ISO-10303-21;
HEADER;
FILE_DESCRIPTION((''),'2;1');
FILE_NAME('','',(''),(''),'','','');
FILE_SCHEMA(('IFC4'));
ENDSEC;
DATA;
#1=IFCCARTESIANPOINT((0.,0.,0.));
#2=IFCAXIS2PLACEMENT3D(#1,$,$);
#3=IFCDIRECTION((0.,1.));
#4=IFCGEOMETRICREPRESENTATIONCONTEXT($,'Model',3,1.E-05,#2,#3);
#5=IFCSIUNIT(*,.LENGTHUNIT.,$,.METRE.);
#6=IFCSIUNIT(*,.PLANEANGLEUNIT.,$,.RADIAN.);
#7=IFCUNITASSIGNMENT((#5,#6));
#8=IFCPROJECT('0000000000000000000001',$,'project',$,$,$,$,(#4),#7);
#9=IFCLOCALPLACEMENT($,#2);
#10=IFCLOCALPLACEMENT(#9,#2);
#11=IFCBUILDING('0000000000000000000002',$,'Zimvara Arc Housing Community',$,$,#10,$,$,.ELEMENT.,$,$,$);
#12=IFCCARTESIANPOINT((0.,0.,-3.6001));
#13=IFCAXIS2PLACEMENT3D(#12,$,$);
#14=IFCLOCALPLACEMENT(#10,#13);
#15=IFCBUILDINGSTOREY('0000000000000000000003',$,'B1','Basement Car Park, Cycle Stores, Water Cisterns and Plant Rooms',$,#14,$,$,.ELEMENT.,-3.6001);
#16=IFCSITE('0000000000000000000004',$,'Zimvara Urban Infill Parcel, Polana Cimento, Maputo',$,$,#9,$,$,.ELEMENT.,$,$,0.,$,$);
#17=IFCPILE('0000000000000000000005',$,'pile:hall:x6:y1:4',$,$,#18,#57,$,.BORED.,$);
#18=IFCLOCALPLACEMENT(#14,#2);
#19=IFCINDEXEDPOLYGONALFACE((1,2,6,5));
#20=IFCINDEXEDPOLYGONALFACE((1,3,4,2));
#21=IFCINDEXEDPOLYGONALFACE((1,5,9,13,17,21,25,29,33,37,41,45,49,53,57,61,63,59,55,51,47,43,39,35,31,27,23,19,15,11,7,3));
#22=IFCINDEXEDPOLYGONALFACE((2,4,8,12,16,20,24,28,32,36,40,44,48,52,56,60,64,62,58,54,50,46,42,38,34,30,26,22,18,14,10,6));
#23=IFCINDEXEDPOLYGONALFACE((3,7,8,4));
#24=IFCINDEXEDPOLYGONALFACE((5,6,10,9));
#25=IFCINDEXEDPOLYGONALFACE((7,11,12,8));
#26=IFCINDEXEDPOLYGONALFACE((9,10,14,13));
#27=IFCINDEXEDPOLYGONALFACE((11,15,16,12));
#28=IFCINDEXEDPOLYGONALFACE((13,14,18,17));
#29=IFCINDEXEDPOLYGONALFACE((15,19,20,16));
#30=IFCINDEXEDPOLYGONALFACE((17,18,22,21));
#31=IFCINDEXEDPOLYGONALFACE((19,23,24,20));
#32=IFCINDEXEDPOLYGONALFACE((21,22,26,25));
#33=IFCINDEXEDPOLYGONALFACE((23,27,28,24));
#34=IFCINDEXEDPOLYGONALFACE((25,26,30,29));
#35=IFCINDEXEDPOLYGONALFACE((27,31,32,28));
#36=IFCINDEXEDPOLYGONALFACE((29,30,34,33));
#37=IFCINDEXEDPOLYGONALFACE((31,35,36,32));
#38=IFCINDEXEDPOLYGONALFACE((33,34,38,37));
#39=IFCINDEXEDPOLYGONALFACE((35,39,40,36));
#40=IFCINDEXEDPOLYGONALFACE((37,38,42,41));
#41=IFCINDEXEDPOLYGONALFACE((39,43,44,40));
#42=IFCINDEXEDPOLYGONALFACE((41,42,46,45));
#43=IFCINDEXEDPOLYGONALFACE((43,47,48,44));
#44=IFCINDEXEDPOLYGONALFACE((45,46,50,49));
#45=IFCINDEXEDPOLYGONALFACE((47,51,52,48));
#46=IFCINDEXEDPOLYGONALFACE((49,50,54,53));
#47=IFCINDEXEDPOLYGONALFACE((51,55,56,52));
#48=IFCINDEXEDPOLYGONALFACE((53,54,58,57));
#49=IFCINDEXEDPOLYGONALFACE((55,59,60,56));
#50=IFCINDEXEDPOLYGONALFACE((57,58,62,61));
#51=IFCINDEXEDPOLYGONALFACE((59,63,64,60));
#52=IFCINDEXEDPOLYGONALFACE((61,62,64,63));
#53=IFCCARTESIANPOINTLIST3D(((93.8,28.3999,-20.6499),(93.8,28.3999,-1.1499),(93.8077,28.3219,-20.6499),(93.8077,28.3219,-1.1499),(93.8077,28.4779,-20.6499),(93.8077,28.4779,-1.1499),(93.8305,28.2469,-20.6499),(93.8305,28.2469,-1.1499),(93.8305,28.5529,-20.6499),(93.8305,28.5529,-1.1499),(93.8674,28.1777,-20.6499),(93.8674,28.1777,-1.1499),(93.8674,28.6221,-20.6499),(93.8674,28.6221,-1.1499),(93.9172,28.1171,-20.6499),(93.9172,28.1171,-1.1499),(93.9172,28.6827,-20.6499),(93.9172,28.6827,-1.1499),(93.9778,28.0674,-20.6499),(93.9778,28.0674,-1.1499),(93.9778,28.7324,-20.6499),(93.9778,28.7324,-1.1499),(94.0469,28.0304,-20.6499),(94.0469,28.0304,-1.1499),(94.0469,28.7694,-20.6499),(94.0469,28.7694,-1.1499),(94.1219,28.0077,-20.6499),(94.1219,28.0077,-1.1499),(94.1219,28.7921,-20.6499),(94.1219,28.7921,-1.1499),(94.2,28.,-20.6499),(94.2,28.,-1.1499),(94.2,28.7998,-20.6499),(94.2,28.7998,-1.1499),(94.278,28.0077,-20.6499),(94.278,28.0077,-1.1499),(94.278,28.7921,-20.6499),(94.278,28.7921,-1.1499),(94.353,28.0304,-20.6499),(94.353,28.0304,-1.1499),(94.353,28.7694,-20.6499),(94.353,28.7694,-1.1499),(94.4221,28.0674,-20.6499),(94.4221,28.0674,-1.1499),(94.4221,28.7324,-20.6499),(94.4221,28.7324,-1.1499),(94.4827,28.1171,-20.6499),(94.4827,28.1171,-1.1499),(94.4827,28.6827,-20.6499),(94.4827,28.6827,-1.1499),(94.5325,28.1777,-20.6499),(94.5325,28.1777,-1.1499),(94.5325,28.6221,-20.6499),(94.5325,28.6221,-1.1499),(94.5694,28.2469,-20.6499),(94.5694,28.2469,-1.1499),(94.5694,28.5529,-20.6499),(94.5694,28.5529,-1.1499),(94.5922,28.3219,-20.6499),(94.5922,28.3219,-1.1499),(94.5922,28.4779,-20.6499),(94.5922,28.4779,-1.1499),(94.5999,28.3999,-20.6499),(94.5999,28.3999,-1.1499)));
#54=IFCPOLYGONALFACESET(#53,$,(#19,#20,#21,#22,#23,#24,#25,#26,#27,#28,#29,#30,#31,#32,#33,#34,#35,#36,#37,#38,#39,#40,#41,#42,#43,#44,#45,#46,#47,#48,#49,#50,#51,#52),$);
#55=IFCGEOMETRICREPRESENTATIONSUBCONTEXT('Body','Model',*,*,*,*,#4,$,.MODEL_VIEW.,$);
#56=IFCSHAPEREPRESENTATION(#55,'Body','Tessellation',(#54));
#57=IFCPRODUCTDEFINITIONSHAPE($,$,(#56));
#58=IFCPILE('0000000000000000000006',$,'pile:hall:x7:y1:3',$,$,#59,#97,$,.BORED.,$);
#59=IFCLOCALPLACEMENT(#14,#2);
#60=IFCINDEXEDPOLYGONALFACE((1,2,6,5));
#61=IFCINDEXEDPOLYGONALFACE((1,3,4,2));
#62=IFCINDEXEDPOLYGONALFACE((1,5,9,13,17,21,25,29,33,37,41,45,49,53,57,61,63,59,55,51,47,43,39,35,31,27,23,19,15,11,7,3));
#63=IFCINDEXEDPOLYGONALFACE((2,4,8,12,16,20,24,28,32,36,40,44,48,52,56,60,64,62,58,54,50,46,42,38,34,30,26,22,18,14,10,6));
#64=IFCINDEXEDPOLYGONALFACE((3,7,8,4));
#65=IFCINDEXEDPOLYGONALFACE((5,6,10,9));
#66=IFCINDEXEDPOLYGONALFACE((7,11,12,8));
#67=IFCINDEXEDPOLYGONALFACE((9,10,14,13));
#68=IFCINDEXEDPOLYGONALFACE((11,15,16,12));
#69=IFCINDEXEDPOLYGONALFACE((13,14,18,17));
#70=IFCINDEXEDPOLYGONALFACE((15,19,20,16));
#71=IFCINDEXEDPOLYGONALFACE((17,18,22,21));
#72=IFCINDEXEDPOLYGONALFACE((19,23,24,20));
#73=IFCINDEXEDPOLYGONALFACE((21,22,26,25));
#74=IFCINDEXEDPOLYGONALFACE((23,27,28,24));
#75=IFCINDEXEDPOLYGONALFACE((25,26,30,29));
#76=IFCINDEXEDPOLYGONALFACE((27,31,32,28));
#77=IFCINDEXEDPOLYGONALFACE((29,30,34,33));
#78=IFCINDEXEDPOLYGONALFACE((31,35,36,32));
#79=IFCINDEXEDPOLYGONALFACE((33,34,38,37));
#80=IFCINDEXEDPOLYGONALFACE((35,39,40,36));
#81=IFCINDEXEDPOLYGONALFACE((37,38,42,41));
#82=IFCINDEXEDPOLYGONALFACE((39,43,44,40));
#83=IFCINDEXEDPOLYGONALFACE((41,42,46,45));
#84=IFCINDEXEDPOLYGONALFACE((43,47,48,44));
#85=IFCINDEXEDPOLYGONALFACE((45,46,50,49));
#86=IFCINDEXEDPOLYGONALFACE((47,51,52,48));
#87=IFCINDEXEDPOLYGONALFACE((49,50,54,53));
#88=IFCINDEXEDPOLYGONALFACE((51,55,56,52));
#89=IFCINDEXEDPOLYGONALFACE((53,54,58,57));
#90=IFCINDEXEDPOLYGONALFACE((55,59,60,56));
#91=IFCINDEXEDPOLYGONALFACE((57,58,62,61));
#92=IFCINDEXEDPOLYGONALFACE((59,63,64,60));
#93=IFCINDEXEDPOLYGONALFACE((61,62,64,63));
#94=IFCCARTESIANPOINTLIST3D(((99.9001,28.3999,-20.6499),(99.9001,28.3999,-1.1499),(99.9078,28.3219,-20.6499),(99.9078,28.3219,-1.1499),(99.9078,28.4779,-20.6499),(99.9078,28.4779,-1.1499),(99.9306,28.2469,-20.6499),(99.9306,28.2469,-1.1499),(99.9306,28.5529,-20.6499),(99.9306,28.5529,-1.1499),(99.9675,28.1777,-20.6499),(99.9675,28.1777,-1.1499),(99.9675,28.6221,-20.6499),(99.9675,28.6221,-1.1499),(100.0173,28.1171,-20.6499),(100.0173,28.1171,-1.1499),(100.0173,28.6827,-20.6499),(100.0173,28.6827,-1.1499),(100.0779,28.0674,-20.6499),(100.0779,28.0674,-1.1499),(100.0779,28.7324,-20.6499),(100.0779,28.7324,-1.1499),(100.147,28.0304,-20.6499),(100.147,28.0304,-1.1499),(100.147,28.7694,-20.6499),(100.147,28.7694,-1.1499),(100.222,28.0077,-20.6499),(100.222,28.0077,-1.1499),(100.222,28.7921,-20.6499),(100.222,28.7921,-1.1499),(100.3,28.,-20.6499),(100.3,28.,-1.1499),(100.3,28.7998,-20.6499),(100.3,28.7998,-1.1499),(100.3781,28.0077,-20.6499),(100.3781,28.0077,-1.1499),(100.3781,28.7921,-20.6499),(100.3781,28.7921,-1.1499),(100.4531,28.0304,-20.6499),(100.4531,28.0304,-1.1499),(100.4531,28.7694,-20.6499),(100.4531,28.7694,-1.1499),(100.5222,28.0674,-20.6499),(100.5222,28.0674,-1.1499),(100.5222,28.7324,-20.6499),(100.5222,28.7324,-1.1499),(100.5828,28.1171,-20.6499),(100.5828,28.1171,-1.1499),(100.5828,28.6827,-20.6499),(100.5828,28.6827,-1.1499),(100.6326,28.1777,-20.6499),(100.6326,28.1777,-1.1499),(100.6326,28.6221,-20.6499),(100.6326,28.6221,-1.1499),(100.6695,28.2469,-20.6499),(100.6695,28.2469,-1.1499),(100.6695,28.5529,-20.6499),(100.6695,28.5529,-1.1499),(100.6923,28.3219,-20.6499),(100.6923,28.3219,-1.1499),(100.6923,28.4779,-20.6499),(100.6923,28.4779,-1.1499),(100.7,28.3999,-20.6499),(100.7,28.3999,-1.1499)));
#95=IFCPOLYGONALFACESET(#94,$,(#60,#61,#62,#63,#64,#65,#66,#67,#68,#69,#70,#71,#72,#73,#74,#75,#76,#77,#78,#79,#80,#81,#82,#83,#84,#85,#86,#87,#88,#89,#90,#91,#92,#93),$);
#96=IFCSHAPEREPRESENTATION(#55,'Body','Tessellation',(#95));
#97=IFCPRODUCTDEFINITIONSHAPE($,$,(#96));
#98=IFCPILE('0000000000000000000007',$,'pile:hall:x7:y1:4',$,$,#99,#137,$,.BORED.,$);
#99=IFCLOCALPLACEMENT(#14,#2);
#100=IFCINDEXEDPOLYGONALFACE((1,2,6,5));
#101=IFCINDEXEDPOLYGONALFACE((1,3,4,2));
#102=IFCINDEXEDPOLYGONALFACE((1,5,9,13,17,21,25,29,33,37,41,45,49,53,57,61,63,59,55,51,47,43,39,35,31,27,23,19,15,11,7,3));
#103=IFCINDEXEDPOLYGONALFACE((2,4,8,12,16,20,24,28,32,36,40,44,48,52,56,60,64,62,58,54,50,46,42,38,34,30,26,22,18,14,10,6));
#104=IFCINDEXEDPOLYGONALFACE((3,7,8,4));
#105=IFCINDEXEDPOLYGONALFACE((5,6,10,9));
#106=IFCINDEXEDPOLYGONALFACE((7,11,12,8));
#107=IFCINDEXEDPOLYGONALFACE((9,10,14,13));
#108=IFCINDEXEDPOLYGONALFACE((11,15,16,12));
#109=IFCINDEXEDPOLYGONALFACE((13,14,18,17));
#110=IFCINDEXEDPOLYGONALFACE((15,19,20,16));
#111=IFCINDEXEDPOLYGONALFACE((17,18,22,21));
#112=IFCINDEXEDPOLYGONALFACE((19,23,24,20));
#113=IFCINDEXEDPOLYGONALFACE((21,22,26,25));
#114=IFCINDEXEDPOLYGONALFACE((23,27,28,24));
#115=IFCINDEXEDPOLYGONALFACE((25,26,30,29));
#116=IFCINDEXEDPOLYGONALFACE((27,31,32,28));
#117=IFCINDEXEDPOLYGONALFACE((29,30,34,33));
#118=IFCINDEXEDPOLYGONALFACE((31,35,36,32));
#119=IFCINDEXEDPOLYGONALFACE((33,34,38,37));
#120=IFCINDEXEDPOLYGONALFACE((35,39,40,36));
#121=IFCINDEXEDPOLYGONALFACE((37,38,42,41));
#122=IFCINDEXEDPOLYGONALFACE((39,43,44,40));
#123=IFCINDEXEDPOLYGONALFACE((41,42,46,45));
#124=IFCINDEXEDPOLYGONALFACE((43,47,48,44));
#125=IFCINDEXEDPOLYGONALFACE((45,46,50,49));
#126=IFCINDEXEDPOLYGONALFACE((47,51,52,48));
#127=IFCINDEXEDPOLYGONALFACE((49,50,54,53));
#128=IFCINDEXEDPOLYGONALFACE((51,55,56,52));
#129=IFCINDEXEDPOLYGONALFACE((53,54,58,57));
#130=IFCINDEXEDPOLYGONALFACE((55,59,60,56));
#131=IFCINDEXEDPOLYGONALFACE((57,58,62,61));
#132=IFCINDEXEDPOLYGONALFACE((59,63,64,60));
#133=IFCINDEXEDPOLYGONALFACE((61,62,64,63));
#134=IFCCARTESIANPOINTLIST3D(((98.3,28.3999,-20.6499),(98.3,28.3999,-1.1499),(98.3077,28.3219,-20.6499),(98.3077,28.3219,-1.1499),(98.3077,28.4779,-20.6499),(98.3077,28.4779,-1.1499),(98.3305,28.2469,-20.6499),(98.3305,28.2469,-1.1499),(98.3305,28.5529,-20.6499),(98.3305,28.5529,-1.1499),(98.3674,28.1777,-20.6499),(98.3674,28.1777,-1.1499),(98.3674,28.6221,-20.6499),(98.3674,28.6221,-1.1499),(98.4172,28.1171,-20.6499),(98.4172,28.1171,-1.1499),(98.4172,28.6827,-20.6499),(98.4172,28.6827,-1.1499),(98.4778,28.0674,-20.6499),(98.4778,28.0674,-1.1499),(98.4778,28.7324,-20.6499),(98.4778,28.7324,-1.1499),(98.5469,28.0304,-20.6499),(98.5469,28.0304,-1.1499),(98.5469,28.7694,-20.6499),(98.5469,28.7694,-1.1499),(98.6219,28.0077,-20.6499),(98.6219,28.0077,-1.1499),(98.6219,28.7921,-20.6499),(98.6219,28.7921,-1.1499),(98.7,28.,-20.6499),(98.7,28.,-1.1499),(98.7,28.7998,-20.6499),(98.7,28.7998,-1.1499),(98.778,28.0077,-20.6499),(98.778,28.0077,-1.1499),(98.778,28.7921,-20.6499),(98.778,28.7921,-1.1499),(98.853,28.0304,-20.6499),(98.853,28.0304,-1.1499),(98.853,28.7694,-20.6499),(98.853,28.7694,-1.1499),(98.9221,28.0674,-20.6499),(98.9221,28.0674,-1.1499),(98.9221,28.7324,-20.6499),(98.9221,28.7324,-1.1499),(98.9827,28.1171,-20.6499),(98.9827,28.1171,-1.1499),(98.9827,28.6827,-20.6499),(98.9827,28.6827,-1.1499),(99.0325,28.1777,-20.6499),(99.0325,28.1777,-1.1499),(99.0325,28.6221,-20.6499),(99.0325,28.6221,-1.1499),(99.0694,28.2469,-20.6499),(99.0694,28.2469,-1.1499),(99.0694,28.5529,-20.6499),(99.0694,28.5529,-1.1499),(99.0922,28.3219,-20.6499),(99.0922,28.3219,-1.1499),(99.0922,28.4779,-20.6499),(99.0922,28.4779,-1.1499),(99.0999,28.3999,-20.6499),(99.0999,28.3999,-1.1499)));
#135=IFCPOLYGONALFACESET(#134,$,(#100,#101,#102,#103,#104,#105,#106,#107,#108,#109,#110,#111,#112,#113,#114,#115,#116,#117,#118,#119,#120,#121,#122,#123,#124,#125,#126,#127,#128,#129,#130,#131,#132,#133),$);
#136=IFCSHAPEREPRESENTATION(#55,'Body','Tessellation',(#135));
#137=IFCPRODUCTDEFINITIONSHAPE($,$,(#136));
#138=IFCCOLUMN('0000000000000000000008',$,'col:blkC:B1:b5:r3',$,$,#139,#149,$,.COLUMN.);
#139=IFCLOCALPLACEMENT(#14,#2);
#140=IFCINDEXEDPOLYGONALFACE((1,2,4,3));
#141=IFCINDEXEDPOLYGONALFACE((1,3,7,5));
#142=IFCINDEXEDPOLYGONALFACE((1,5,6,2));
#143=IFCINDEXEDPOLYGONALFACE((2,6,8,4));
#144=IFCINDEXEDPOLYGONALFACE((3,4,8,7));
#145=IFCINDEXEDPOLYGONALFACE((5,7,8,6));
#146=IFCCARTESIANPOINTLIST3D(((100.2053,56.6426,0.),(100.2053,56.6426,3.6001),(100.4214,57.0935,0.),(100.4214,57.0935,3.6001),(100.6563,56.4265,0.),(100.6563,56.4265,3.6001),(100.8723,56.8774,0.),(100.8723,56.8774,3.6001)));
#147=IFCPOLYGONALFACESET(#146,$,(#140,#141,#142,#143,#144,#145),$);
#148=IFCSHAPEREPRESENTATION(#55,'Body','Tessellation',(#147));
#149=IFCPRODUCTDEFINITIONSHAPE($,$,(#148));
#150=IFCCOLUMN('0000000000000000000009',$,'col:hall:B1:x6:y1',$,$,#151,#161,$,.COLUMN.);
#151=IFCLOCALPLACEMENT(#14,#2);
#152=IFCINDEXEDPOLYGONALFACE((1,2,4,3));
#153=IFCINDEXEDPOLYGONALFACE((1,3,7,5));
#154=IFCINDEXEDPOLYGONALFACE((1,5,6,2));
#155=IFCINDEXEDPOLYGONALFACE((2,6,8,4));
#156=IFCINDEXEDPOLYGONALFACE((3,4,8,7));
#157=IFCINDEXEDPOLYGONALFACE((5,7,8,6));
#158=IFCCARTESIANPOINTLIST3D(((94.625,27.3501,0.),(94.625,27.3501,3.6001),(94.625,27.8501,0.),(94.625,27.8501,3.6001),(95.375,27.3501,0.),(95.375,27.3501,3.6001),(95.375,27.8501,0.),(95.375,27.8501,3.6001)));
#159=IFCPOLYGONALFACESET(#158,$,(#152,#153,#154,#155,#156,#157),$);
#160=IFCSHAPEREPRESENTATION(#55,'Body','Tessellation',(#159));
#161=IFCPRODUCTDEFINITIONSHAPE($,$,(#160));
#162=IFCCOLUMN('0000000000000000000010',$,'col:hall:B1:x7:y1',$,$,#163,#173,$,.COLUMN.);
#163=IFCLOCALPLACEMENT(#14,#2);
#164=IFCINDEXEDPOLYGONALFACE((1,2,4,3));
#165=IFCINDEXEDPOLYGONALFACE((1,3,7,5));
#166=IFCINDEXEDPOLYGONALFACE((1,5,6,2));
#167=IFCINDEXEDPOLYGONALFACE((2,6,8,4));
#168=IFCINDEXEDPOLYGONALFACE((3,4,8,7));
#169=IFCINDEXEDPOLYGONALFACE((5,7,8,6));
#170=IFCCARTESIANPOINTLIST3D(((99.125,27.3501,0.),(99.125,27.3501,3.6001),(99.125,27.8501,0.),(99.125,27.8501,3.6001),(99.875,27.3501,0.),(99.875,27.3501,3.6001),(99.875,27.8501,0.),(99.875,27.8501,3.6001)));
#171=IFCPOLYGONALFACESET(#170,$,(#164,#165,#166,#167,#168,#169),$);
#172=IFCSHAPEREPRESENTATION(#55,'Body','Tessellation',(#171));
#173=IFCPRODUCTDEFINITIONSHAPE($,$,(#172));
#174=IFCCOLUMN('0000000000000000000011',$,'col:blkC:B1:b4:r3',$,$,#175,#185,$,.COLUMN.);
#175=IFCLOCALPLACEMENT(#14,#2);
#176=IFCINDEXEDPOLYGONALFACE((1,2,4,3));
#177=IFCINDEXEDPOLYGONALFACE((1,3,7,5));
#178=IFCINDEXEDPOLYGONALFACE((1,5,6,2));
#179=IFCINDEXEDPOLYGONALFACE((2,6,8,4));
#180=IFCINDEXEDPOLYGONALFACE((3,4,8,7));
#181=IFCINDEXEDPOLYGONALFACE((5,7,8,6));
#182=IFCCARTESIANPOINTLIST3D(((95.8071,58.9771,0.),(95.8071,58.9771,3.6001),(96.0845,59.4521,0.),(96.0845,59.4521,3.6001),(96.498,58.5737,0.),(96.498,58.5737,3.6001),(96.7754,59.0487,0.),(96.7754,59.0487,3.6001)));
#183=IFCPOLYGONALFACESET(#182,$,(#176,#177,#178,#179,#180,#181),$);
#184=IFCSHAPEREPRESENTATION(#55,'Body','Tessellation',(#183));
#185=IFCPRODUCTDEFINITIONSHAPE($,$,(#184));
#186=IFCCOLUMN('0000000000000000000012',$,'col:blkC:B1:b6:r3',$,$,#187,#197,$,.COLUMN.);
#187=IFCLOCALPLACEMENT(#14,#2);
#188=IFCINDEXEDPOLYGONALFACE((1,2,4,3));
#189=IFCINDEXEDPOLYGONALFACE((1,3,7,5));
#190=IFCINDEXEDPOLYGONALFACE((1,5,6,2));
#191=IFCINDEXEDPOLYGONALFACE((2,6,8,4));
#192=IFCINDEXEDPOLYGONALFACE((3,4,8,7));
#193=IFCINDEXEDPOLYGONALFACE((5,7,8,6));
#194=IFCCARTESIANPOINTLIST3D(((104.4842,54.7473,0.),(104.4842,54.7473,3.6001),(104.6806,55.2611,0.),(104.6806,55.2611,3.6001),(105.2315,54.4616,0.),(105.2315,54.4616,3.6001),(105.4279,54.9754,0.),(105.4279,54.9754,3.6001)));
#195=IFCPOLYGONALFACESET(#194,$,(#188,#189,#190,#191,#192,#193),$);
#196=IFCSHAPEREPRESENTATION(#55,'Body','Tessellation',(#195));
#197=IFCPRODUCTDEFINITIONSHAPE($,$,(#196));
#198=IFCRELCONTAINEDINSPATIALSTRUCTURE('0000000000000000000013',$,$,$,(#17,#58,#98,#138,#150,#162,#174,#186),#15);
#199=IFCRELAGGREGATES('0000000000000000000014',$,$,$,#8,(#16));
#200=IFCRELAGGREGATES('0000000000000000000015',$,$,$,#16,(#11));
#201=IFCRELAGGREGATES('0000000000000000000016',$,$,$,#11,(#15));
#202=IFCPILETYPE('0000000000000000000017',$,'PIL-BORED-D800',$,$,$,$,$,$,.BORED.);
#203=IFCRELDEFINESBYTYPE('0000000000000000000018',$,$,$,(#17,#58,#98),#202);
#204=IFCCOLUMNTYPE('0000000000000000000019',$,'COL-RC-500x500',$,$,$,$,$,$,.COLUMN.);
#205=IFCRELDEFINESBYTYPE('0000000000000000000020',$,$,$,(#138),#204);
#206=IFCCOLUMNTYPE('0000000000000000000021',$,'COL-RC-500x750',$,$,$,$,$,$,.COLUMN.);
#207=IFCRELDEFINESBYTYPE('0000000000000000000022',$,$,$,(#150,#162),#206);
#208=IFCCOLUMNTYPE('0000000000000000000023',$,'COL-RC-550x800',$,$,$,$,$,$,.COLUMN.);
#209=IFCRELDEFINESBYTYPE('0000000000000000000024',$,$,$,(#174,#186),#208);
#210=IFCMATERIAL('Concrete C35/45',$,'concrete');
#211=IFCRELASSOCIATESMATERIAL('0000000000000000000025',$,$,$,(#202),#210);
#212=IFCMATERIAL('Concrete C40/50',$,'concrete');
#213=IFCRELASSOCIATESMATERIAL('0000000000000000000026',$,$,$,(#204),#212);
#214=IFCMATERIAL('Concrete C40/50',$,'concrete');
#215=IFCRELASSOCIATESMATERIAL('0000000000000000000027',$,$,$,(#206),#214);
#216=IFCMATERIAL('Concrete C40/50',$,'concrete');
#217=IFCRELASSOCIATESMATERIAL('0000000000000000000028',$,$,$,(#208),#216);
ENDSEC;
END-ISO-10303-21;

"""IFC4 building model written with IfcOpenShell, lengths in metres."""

from ifc_helpers import new_model, si_unit, direction, frame, origin, origin_2d, place, context, subcontext, project, spatial, rectangle, circle, extrude, material, material_profile, profile_set, type_object, element, save


model = new_model("IFC4")

# Units and contexts
model_context = context("Model", 3, precision=1e-05, world=origin(), true_north=direction((0.0, 1.0)))
body_context = subcontext(model_context, "Body", "Model", "MODEL_VIEW")
ifc_project = project(units=[si_unit("LENGTHUNIT", "METRE"), si_unit("PLANEANGLEUNIT", "RADIAN")], contexts=[model_context])

# Site, building, storey
site_placement = place(None, origin())
site = spatial("IfcSite", under=ifc_project, at=site_placement, Name="Zimvara Urban Infill Parcel, Polana Cimento, Maputo", CompositionType="ELEMENT", RefElevation=0.0)
building_placement = place(site_placement, origin())
building = spatial("IfcBuilding", under=site, at=building_placement, Name="Zimvara Arc Housing Community", CompositionType="ELEMENT")
storey_placement = place(building_placement, frame((0.0, 0.0, -3.6001)))
storey = spatial("IfcBuildingStorey", under=building, at=storey_placement, Name="B1", Description="Basement Car Park, Cycle Stores, Water Cisterns and Plant Rooms", CompositionType="ELEMENT", Elevation=-3.6001)

# Piles
ifc_material_1 = material(Name="Concrete C35/45", Category="concrete")
ifc_material_profile_1 = material_profile(ifc_material_1, circle(Radius=0.3999, at=origin_2d()), Name="PILE D800")
ifc_profile_set_1 = profile_set([ifc_material_profile_1], Name="Concrete C35/45")
pile_type_1 = type_object("IfcPileType", Name="PIL-BORED-D800", PredefinedType="BORED", material=ifc_profile_set_1)
for number, where, z_axis, x_axis, name in (
    (1, (94.2, 28.3999, -1.1499), (0.0, 0.0, -1.0), (1.0, 0.0, 0.0), "pile:hall:x6:y1:4"),
    (2, (100.3, 28.3999, -1.1499), (0.0, 0.0, -1.0), (1.0, 0.0, 0.0), "pile:hall:x7:y1:3"),
    (3, (98.7, 28.3999, -1.1499), (0.0, 0.0, -1.0), (1.0, 0.0, 0.0), "pile:hall:x7:y1:4"),
):
    element("IfcPile", number, at=place(storey_placement, frame(where, z_axis=z_axis, x_axis=x_axis)), inside=storey, type_object=pile_type_1, Name=name, PredefinedType="BORED", context=body_context, shape_type="SweptSolid", body=[
        extrude(circle(Radius=0.3999, at=origin_2d()), origin(), (0.0, 0.0, 1.0), 19.5),
    ])

# Columns
ifc_material_2 = material(Name="Concrete C40/50", Category="concrete")
ifc_material_profile_2 = material_profile(ifc_material_2, rectangle(XDim=0.5, YDim=0.5, at=origin_2d()), Name="RC 500x500")
ifc_profile_set_2 = profile_set([ifc_material_profile_2], Name="Concrete C40/50")
column_type_1 = type_object("IfcColumnType", Name="COL-RC-500x500", PredefinedType="COLUMN", material=ifc_profile_set_2)
column_placement = place(storey_placement, frame((100.5388, 56.76, 0.0), z_axis=(0.0, 0.0, 1.0), x_axis=(-0.432086, -0.901833, 0.0)))
element("IfcColumn", 4, at=column_placement, inside=storey, type_object=column_type_1, Name="col:blkC:B1:b5:r3", PredefinedType="COLUMN", context=body_context, shape_type="SweptSolid", body=[
    extrude(rectangle(XDim=0.5, YDim=0.5, at=origin_2d()), origin(), (0.0, 0.0, 1.0), 3.6001),
])
ifc_material_3 = material(Name="Concrete C40/50", Category="concrete")
ifc_material_profile_3 = material_profile(ifc_material_3, rectangle(XDim=0.5, YDim=0.75, at=origin_2d()), Name="RC 500x750")
ifc_profile_set_3 = profile_set([ifc_material_profile_3], Name="Concrete C40/50")
column_type_2 = type_object("IfcColumnType", Name="COL-RC-500x750", PredefinedType="COLUMN", material=ifc_profile_set_3)
for number, where, z_axis, x_axis, name in (
    (5, (95.0, 27.6001, 0.0), (0.0, 0.0, 1.0), (0.0, 1.0, 0.0), "col:hall:B1:x6:y1"),
    (6, (99.5, 27.6001, 0.0), (0.0, 0.0, 1.0), (0.0, 1.0, 0.0), "col:hall:B1:x7:y1"),
):
    element("IfcColumn", number, at=place(storey_placement, frame(where, z_axis=z_axis, x_axis=x_axis)), inside=storey, type_object=column_type_2, Name=name, PredefinedType="COLUMN", context=body_context, shape_type="SweptSolid", body=[
        extrude(rectangle(XDim=0.5, YDim=0.75, at=origin_2d()), origin(), (0.0, 0.0, 1.0), 3.6001),
    ])
ifc_material_4 = material(Name="Concrete C40/50", Category="concrete")
ifc_material_profile_4 = material_profile(ifc_material_4, rectangle(XDim=0.55, YDim=0.8, at=origin_2d()), Name="RC 550x800")
ifc_profile_set_4 = profile_set([ifc_material_profile_4], Name="Concrete C40/50")
column_type_3 = type_object("IfcColumnType", Name="COL-RC-550x800", PredefinedType="COLUMN", material=ifc_profile_set_4)
for number, where, z_axis, x_axis, name in (
    (7, (96.2913, 59.0129, 0.0), (0.0, 0.0, 1.0), (-0.504226, -0.863572, 0.0), "col:blkC:B1:b4:r3"),
    (8, (104.9561, 54.8613, 0.0), (0.0, 0.0, 1.0), (-0.357064, -0.93408, 0.0), "col:blkC:B1:b6:r3"),
):
    element("IfcColumn", number, at=place(storey_placement, frame(where, z_axis=z_axis, x_axis=x_axis)), inside=storey, type_object=column_type_3, Name=name, PredefinedType="COLUMN", context=body_context, shape_type="SweptSolid", body=[
        extrude(rectangle(XDim=0.55, YDim=0.8, at=origin_2d()), origin(), (0.0, 0.0, 1.0), 3.6001),
    ])

save(model, "model.ifc")
